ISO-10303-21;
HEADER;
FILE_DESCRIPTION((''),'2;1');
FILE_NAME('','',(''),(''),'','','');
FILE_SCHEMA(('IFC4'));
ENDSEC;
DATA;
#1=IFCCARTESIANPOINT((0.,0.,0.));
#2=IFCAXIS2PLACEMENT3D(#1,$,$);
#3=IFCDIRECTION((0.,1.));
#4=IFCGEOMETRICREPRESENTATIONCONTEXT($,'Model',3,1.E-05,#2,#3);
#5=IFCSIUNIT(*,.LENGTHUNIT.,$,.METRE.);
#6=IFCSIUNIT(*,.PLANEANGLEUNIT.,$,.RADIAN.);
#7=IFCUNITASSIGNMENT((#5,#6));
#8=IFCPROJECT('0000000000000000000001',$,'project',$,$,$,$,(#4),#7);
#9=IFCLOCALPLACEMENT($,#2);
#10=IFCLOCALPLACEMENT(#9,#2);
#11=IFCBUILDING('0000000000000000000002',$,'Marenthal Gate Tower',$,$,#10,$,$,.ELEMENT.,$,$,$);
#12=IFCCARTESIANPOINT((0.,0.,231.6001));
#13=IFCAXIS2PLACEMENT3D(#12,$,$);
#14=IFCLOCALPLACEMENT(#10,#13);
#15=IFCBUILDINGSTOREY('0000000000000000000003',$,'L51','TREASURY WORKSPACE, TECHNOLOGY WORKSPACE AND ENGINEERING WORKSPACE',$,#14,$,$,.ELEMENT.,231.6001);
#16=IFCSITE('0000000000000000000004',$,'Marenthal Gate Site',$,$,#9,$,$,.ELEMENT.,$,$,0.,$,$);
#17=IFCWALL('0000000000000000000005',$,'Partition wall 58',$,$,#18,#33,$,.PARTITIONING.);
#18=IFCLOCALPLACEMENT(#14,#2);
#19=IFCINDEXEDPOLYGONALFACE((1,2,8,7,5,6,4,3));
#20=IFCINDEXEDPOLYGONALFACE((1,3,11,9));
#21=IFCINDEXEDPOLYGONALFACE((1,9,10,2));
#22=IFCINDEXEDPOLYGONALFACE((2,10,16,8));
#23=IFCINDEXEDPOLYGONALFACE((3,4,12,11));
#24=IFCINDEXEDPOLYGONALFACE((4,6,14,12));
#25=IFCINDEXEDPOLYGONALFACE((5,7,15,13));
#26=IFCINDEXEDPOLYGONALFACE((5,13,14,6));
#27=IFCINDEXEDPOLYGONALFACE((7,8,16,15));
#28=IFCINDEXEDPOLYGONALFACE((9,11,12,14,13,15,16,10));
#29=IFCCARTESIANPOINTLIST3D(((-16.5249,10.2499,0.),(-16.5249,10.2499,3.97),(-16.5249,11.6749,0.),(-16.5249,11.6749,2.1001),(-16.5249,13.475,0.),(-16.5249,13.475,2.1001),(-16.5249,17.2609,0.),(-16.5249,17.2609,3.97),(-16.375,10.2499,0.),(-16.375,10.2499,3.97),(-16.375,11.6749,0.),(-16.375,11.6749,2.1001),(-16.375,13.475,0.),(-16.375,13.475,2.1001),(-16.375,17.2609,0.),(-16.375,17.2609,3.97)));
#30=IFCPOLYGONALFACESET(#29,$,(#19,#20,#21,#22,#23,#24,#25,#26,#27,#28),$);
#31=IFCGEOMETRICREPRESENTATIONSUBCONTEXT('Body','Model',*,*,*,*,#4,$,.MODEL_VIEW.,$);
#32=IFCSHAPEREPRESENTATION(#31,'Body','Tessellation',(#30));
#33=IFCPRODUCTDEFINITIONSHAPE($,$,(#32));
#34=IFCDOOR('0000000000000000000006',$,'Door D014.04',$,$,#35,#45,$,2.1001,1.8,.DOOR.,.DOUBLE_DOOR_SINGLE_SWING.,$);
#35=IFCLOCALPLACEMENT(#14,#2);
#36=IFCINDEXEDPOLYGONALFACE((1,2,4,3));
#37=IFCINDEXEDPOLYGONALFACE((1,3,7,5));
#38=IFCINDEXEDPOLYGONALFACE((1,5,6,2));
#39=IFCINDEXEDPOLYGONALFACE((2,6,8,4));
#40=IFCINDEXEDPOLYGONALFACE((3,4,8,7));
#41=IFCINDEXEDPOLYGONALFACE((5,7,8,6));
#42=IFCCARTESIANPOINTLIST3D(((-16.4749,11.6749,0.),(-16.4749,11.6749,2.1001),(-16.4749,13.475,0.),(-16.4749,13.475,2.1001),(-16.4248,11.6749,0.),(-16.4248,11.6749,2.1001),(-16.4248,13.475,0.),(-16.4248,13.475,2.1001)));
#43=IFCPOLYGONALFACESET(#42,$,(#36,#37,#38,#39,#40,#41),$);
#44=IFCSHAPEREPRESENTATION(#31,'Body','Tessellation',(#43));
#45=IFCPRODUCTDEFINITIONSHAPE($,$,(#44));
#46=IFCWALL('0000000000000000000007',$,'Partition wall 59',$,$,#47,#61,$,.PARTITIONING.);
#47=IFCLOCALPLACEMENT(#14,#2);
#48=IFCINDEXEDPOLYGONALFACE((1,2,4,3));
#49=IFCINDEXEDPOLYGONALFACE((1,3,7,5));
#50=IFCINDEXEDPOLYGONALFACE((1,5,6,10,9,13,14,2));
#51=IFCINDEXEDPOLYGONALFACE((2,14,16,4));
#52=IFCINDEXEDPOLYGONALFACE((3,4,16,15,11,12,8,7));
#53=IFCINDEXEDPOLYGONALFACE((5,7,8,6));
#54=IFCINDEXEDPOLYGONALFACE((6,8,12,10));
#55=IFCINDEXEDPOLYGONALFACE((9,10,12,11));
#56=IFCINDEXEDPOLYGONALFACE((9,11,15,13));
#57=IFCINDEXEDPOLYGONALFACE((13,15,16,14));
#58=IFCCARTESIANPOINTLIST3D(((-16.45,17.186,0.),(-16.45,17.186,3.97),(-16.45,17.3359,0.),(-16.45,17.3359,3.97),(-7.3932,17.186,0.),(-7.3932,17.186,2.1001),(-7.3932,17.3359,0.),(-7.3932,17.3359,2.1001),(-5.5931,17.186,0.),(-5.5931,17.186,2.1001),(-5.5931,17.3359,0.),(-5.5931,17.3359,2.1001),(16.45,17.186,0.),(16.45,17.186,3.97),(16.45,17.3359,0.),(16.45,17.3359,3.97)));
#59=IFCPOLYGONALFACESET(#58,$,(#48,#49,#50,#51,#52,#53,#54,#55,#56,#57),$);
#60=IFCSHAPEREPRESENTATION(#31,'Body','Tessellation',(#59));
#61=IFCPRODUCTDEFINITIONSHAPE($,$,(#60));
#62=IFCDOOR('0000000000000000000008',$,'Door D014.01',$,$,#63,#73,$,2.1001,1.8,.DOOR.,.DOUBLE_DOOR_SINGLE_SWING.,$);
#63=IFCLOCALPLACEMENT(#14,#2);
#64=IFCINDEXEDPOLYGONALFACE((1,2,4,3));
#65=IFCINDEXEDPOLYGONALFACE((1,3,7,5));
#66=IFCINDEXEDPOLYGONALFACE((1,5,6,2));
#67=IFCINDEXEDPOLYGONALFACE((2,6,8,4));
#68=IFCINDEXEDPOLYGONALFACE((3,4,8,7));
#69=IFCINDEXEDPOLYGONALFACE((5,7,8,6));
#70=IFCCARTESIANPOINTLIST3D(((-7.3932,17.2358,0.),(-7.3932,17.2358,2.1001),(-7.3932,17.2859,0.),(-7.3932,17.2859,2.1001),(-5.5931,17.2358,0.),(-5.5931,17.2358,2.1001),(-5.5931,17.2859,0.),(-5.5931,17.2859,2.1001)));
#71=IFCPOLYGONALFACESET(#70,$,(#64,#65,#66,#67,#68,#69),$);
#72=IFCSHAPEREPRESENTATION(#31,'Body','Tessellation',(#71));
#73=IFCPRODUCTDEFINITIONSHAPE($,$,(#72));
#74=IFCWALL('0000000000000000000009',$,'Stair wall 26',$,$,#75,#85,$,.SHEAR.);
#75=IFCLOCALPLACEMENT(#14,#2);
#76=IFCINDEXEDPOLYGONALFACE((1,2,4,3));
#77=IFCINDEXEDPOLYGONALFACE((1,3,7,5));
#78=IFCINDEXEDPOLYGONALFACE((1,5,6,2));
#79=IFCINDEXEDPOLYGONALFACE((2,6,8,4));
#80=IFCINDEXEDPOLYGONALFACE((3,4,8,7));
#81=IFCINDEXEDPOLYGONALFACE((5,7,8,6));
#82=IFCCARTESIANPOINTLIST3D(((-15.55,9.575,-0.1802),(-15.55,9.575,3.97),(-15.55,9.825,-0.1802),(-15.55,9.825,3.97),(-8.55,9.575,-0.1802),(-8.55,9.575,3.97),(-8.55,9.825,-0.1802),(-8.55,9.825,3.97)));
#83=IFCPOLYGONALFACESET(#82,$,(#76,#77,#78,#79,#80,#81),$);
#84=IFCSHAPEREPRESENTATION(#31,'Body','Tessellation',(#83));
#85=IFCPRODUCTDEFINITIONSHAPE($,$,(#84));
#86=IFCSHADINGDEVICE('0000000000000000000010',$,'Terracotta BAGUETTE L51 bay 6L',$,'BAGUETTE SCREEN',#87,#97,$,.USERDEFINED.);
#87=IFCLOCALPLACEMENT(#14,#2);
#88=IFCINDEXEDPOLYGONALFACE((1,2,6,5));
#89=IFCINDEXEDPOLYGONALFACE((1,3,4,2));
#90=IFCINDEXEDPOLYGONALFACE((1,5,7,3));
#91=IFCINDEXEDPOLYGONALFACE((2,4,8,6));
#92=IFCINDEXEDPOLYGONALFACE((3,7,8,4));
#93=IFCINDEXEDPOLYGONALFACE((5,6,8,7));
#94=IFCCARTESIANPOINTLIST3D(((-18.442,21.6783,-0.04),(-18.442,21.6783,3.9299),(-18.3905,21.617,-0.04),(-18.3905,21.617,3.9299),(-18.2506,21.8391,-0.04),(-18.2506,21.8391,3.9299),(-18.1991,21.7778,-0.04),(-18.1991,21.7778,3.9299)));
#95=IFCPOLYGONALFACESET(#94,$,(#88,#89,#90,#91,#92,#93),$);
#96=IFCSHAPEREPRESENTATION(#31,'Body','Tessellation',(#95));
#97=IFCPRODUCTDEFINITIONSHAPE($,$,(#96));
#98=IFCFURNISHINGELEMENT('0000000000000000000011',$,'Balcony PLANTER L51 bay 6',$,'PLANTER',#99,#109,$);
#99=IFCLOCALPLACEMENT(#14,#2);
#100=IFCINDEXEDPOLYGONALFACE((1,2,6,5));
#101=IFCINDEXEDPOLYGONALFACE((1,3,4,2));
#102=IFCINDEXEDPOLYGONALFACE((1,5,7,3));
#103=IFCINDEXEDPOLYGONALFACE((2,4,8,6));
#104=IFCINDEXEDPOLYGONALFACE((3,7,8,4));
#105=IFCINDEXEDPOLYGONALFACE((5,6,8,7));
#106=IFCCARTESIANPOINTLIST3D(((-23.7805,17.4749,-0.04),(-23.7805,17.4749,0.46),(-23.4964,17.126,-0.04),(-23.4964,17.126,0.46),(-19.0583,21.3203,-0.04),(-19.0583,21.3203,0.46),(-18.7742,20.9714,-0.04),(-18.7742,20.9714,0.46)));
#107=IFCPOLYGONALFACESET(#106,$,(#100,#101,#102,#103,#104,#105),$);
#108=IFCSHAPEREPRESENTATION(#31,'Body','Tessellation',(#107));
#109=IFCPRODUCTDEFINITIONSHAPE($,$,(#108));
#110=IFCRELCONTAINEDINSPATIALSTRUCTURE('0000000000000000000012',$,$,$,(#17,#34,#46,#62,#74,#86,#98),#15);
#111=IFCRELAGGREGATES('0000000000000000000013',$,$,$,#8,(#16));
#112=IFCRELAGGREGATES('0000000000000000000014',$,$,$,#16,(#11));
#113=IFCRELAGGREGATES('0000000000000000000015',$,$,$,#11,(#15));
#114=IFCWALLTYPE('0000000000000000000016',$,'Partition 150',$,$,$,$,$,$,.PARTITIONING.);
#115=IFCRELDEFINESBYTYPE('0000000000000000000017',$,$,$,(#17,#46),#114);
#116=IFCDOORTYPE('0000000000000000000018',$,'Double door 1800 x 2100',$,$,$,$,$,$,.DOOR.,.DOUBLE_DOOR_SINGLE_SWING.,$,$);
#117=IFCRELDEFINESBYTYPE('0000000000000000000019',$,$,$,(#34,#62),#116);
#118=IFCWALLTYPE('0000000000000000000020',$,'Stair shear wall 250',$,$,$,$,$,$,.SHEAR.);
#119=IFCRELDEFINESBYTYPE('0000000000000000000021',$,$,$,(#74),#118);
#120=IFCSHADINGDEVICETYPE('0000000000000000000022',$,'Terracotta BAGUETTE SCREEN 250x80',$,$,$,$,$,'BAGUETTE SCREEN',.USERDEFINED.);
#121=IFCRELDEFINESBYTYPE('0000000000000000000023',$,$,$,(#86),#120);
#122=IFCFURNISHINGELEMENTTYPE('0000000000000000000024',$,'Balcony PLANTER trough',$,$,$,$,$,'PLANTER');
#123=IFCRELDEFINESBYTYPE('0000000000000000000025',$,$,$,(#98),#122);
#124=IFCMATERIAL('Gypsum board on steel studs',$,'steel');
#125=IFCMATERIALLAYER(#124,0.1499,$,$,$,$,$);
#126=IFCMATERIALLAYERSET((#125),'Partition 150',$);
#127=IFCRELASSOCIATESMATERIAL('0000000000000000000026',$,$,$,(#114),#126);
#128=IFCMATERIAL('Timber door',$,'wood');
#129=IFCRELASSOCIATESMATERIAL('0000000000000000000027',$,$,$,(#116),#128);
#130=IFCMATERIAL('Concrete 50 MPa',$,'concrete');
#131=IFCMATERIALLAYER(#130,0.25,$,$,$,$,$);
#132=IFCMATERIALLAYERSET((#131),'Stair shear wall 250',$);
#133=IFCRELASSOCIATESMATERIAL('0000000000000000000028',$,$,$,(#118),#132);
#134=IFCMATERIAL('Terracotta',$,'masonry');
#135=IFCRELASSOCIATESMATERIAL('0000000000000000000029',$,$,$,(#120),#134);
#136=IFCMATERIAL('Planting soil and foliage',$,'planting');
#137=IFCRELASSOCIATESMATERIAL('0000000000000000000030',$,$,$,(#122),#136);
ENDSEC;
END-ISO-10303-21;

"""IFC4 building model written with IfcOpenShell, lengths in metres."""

from ifc_helpers import new_model, si_unit, direction, frame, frame_2d, origin, origin_2d, place, context, subcontext, project, spatial, rectangle, extrude, material, layer, layer_set, material_profile, profile_set, type_object, element, fill, save


model = new_model("IFC4")

# Units and contexts
model_context = context("Model", 3, precision=1e-05, world=origin(), true_north=direction((0.0, 1.0)))
body_context = subcontext(model_context, "Body", "Model", "MODEL_VIEW")
ifc_project = project(units=[si_unit("LENGTHUNIT", "METRE"), si_unit("PLANEANGLEUNIT", "RADIAN")], contexts=[model_context])

# Site, building, storey
site_placement = place(None, origin())
site = spatial("IfcSite", under=ifc_project, at=site_placement, Name="Marenthal Gate Site", CompositionType="ELEMENT", RefElevation=0.0)
building_placement = place(site_placement, origin())
building = spatial("IfcBuilding", under=site, at=building_placement, Name="Marenthal Gate Tower", CompositionType="ELEMENT")
storey_placement = place(building_placement, frame((0.0, 0.0, 231.6001)))
storey = spatial("IfcBuildingStorey", under=building, at=storey_placement, Name="L51", Description="TREASURY WORKSPACE, TECHNOLOGY WORKSPACE AND ENGINEERING WORKSPACE", CompositionType="ELEMENT", Elevation=231.6001)

# Shared definitions
ifc_material_1 = material(Name="Gypsum board on steel studs", Category="steel")
ifc_layer_1 = layer(ifc_material_1, 0.1499)
ifc_layer_set_1 = layer_set([ifc_layer_1], Name="Partition 150")
wall_type_1 = type_object("IfcWallType", Name="Partition 150", PredefinedType="PARTITIONING", material=ifc_layer_set_1)

# Walls, openings, doors
wall_1_placement = place(storey_placement, frame((-16.45, 10.25, 0.0), z_axis=(0.0, 0.0, 1.0), x_axis=(0.0, 1.0, 0.0)))
wall_1 = element("IfcWall", 1, at=wall_1_placement, inside=storey, type_object=wall_type_1, Name="Partition wall 58", PredefinedType="PARTITIONING", context=body_context, shape_type="SweptSolid", body=[
    extrude(rectangle(XDim=7.011, YDim=0.1499, at=frame_2d((3.5054, 0.0))), origin(), (0.0, 0.0, 1.0), 3.97),
])
opening_1_placement = place(wall_1_placement, frame((1.425, 0.0, 0.0)))
opening_1 = element("IfcOpeningElement", 2, at=opening_1_placement, cuts=wall_1, PredefinedType="OPENING", context=body_context, shape_type="SweptSolid", body=[
    extrude(rectangle(XDim=1.8, YDim=2.1001, at=frame_2d((0.8999, 1.05))), frame((0.0, 0.085, 0.0), z_axis=(0.0, -1.0, 0.0), x_axis=(1.0, 0.0, 0.0)), (0.0, 0.0, 1.0), 0.1699),
])
ifc_material_2 = material(Name="Timber door", Category="wood")
door_type_1 = type_object("IfcDoorType", Name="Double door 1800 x 2100", OperationType="DOUBLE_DOOR_SINGLE_SWING", PredefinedType="DOOR", material=ifc_material_2)
door_1_placement = place(opening_1_placement, origin())
door_1 = element("IfcDoor", 3, at=door_1_placement, inside=storey, type_object=door_type_1, Name="Door D014.04", OperationType="DOUBLE_DOOR_SINGLE_SWING", OverallHeight=2.1001, OverallWidth=1.8, PredefinedType="DOOR", context=body_context, shape_type="SweptSolid", body=[
    extrude(rectangle(XDim=1.8, YDim=2.1001, at=frame_2d((0.8999, 1.05))), frame((0.0, 0.0249, 0.0), z_axis=(0.0, -1.0, 0.0), x_axis=(1.0, 0.0, 0.0)), (0.0, 0.0, 1.0), 0.05),
])
fill(opening_1, door_1)
wall_2_placement = place(storey_placement, frame((-16.45, 17.261, 0.0), z_axis=(0.0, 0.0, 1.0), x_axis=(1.0, 0.0, 0.0)))
wall_2 = element("IfcWall", 4, at=wall_2_placement, inside=storey, type_object=wall_type_1, Name="Partition wall 59", PredefinedType="PARTITIONING", context=body_context, shape_type="SweptSolid", body=[
    extrude(rectangle(XDim=32.8999, YDim=0.1499, at=frame_2d((16.45, 0.0))), origin(), (0.0, 0.0, 1.0), 3.97),
])
opening_2_placement = place(wall_2_placement, frame((9.0569, 0.0, 0.0)))
opening_2 = element("IfcOpeningElement", 5, at=opening_2_placement, cuts=wall_2, PredefinedType="OPENING", context=body_context, shape_type="SweptSolid", body=[
    extrude(rectangle(XDim=1.8, YDim=2.1001, at=frame_2d((0.8999, 1.05))), frame((0.0, 0.085, 0.0), z_axis=(0.0, -1.0, 0.0), x_axis=(1.0, 0.0, 0.0)), (0.0, 0.0, 1.0), 0.1699),
])
door_2_placement = place(opening_2_placement, origin())
door_2 = element("IfcDoor", 6, at=door_2_placement, inside=storey, type_object=door_type_1, Name="Door D014.01", OperationType="DOUBLE_DOOR_SINGLE_SWING", OverallHeight=2.1001, OverallWidth=1.8, PredefinedType="DOOR", context=body_context, shape_type="SweptSolid", body=[
    extrude(rectangle(XDim=1.8, YDim=2.1001, at=frame_2d((0.8999, 1.05))), frame((0.0, 0.0249, 0.0), z_axis=(0.0, -1.0, 0.0), x_axis=(1.0, 0.0, 0.0)), (0.0, 0.0, 1.0), 0.05),
])
fill(opening_2, door_2)

# Wall
ifc_material_3 = material(Name="Concrete 50 MPa", Category="concrete")
ifc_layer_2 = layer(ifc_material_3, 0.25)
ifc_layer_set_2 = layer_set([ifc_layer_2], Name="Stair shear wall 250")
wall_type_2 = type_object("IfcWallType", Name="Stair shear wall 250", PredefinedType="SHEAR", material=ifc_layer_set_2)
wall_3_placement = place(storey_placement, frame((-15.55, 9.7, -0.1802), z_axis=(0.0, 0.0, 1.0), x_axis=(1.0, 0.0, 0.0)))
element("IfcWall", 7, at=wall_3_placement, inside=storey, type_object=wall_type_2, Name="Stair wall 26", PredefinedType="SHEAR", context=body_context, shape_type="SweptSolid", body=[
    extrude(rectangle(XDim=7.0, YDim=0.25, at=frame_2d((3.5, 0.0))), origin(), (0.0, 0.0, 1.0), 4.1501),
])

# Shading device
ifc_material_4 = material(Name="Terracotta", Category="masonry")
ifc_material_profile_1 = material_profile(ifc_material_4, rectangle(XDim=0.25, YDim=0.0801, at=origin_2d()), Name="Terracotta baguette 250x80")
ifc_profile_set_1 = profile_set([ifc_material_profile_1], Name="Terracotta")
shading_device_type = type_object("IfcShadingDeviceType", Name="Terracotta BAGUETTE SCREEN 250x80", ElementType="BAGUETTE SCREEN", PredefinedType="USERDEFINED", material=ifc_profile_set_1)
shading_device_placement = place(storey_placement, frame((-18.3206, 21.728, -0.04), z_axis=(0.0, 0.0, 1.0), x_axis=(-0.765551, -0.643375, 0.0)))
element("IfcShadingDevice", 8, at=shading_device_placement, inside=storey, type_object=shading_device_type, Name="Terracotta BAGUETTE L51 bay 6L", ObjectType="BAGUETTE SCREEN", PredefinedType="USERDEFINED", context=body_context, shape_type="SweptSolid", body=[
    extrude(rectangle(XDim=0.25, YDim=0.0801, at=origin_2d()), origin(), (0.0, 0.0, 1.0), 3.97),
])

# Furnishing element
ifc_material_5 = material(Name="Planting soil and foliage", Category="planting")
furnishing_element_type = type_object("IfcFurnishingElementType", Name="Balcony PLANTER trough", ElementType="PLANTER", material=ifc_material_5)
furnishing_placement = place(storey_placement, frame((-21.2773, 19.2231, -0.04), z_axis=(0.0, 0.0, 1.0), x_axis=(-0.775432, -0.631432, 0.0)))
element("IfcFurnishingElement", 9, at=furnishing_placement, inside=storey, type_object=furnishing_element_type, Name="Balcony PLANTER L51 bay 6", ObjectType="PLANTER", context=body_context, shape_type="SweptSolid", body=[
    extrude(rectangle(XDim=6.0898, YDim=0.45, at=origin_2d()), origin(), (0.0, 0.0, 1.0), 0.5),
])

save(model, "model.ifc")
